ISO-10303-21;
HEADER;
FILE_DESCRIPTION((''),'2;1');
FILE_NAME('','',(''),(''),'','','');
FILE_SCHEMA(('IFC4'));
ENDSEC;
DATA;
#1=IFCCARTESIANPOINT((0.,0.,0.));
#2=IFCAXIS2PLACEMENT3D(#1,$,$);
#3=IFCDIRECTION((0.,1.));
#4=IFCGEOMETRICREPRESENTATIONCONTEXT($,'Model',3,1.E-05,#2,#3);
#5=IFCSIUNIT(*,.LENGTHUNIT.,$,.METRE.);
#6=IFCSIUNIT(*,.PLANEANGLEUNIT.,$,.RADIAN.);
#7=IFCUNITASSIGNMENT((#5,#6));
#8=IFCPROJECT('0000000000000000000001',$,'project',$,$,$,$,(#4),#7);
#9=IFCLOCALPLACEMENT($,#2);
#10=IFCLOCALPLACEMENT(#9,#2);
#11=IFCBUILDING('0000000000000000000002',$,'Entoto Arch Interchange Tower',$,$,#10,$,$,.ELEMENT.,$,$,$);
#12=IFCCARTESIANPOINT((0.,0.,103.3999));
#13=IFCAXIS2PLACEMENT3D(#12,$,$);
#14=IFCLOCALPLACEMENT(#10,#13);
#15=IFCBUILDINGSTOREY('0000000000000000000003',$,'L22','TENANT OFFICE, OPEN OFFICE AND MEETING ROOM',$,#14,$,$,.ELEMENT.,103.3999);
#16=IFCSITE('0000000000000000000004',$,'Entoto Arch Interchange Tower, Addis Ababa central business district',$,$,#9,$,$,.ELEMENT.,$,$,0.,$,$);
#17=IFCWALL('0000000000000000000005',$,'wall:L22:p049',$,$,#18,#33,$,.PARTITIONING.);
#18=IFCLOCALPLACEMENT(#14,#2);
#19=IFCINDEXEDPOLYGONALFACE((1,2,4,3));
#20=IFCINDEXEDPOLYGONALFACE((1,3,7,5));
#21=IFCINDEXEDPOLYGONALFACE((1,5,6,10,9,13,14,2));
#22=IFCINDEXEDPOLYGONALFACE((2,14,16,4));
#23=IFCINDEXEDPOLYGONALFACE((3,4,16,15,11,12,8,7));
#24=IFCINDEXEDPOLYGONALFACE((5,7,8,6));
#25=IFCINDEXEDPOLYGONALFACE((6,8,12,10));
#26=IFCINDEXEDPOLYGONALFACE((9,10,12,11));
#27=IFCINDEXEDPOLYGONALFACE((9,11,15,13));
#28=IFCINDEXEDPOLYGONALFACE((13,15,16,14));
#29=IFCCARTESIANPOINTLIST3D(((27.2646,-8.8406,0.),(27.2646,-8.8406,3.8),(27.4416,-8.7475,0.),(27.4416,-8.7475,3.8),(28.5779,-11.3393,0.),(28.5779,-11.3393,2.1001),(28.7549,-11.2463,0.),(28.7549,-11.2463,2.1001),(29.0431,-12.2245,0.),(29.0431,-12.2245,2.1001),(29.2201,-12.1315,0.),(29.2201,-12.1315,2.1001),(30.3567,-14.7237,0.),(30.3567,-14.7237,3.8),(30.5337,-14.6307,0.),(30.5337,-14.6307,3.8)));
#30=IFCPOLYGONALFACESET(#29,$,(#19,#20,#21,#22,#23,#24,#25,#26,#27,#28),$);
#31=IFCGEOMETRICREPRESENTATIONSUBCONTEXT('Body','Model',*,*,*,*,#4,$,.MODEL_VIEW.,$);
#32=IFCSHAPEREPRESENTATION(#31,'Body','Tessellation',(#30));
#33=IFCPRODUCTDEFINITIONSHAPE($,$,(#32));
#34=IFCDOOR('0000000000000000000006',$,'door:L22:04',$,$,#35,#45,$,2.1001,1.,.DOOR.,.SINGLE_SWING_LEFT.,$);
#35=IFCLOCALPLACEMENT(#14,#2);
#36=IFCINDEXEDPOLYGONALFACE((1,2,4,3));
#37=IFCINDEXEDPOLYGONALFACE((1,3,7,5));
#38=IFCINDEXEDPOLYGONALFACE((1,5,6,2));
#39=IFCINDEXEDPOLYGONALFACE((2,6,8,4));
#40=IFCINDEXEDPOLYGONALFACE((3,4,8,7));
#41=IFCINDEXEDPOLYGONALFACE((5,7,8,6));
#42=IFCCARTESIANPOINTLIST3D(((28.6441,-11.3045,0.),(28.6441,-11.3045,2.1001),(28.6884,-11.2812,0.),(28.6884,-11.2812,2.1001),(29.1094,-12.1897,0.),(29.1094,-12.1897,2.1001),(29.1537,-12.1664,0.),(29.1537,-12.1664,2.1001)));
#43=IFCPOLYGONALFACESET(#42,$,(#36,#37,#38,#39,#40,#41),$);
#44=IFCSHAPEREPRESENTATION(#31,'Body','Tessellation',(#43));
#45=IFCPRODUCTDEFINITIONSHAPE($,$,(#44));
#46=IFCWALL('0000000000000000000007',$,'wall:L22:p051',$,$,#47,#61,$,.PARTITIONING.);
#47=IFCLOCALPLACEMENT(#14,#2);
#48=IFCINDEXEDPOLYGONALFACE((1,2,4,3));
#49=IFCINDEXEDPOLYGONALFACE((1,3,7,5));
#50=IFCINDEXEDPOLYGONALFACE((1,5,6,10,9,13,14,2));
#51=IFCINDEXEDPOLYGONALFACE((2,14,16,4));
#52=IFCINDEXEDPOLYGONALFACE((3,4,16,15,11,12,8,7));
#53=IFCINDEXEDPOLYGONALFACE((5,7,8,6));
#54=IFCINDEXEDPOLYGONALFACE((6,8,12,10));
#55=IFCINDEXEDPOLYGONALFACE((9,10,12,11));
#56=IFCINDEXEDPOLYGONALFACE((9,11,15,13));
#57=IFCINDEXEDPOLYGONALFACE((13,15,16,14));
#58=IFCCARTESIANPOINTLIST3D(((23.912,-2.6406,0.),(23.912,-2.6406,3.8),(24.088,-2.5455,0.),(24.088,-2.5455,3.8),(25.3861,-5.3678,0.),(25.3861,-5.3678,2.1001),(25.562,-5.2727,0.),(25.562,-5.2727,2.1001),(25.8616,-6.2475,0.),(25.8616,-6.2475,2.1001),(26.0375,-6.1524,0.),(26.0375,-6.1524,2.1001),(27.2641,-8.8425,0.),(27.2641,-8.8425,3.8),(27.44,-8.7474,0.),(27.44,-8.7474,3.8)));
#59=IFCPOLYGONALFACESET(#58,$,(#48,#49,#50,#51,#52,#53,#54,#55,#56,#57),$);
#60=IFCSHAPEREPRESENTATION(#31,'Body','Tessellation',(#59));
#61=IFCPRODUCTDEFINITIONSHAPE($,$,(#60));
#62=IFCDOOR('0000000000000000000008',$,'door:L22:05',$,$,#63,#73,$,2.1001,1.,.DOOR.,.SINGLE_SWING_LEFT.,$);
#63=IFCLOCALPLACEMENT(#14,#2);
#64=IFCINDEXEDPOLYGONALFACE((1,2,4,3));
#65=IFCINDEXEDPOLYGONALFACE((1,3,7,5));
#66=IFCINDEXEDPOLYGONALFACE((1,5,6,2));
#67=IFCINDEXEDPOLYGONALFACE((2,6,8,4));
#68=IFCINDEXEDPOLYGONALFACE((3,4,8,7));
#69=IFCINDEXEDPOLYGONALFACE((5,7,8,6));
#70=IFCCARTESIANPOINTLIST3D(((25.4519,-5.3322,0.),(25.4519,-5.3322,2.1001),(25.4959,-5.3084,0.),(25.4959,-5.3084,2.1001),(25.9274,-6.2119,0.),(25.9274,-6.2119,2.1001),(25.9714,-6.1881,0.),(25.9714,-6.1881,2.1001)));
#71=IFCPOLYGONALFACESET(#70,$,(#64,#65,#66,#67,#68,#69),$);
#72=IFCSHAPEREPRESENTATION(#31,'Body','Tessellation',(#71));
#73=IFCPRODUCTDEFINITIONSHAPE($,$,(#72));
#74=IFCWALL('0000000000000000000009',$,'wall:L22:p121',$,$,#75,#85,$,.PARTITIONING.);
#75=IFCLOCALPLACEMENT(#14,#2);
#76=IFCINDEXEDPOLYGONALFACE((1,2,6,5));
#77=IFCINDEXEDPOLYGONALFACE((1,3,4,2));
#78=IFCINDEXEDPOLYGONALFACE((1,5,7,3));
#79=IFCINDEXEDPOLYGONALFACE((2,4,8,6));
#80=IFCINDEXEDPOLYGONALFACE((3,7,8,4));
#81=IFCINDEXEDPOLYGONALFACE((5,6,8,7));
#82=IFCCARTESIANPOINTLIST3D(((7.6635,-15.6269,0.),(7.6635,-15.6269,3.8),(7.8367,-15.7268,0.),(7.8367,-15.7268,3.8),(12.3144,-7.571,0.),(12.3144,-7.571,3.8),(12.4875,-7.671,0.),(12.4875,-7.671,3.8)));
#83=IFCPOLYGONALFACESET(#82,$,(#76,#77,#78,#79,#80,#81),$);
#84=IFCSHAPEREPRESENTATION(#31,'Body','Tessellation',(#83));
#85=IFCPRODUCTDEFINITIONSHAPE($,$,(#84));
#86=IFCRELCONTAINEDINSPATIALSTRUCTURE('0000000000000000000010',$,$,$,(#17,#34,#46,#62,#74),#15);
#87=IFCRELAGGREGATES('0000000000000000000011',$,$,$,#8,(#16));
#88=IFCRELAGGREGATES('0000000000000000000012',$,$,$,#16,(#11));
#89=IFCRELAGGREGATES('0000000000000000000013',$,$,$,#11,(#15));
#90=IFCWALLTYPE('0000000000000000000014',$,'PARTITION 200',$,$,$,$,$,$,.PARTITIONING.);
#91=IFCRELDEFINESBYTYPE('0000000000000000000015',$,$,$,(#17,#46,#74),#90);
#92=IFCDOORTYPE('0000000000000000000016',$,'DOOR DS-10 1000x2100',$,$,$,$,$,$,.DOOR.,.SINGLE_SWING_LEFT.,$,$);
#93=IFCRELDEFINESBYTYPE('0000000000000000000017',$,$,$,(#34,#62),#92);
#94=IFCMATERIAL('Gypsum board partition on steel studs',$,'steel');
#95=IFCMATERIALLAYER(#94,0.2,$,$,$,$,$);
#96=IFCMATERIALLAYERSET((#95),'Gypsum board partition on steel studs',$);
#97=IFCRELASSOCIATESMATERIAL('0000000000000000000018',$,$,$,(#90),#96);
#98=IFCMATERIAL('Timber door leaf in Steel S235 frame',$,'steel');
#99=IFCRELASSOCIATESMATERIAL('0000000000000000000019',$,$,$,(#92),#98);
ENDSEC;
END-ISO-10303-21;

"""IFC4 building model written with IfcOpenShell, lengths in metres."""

from ifc_helpers import new_model, si_unit, direction, frame, frame_2d, origin, place, context, subcontext, project, spatial, rectangle, extrude, material, layer, layer_set, type_object, element, fill, save


model = new_model("IFC4")

# Units and contexts
model_context = context("Model", 3, precision=1e-05, world=origin(), true_north=direction((0.0, 1.0)))
body_context = subcontext(model_context, "Body", "Model", "MODEL_VIEW")
ifc_project = project(units=[si_unit("LENGTHUNIT", "METRE"), si_unit("PLANEANGLEUNIT", "RADIAN")], contexts=[model_context])

# Site, building, storey
site_placement = place(None, origin())
site = spatial("IfcSite", under=ifc_project, at=site_placement, Name="Entoto Arch Interchange Tower, Addis Ababa central business district", CompositionType="ELEMENT", RefElevation=0.0)
building_placement = place(site_placement, origin())
building = spatial("IfcBuilding", under=site, at=building_placement, Name="Entoto Arch Interchange Tower", CompositionType="ELEMENT")
storey_placement = place(building_placement, frame((0.0, 0.0, 103.3999)))
storey = spatial("IfcBuildingStorey", under=building, at=storey_placement, Name="L22", Description="TENANT OFFICE, OPEN OFFICE AND MEETING ROOM", CompositionType="ELEMENT", Elevation=103.3999)

# Shared definitions
ifc_material_1 = material(Name="Gypsum board partition on steel studs", Category="steel")
ifc_layer_1 = layer(ifc_material_1, 0.2)
ifc_layer_set_1 = layer_set([ifc_layer_1], Name="Gypsum board partition on steel studs")
wall_type_1 = type_object("IfcWallType", Name="PARTITION 200", PredefinedType="PARTITIONING", material=ifc_layer_set_1)

# Shared definitions
ifc_material_2 = material(Name="Timber door leaf in Steel S235 frame", Category="steel")
door_type = type_object("IfcDoorType", Name="DOOR DS-10 1000x2100", OperationType="SINGLE_SWING_LEFT", PredefinedType="DOOR", material=ifc_material_2)

# Walls, openings, doors
wall_1_placement = place(storey_placement, frame((27.353, -8.7939, 0.0), z_axis=(0.0, 0.0, 1.0), x_axis=(0.465239, -0.885185, 0.0)))
wall_1 = element("IfcWall", 1, at=wall_1_placement, inside=storey, type_object=wall_type_1, Name="wall:L22:p049", PredefinedType="PARTITIONING", context=body_context, shape_type="SweptSolid", body=[
    extrude(rectangle(XDim=6.6462, YDim=0.2, at=frame_2d((3.3232, 0.0))), origin(), (0.0, 0.0, 1.0), 3.8),
])
opening_1_placement = place(wall_1_placement, frame((2.823, 0.0, 0.0)))
opening_1 = element("IfcOpeningElement", 2, at=opening_1_placement, cuts=wall_1, PredefinedType="OPENING", context=body_context, shape_type="SweptSolid", body=[
    extrude(rectangle(XDim=1.0, YDim=2.1001, at=frame_2d((0.5, 1.05))), frame((0.0, 0.1099, 0.0), z_axis=(0.0, -1.0, 0.0), x_axis=(1.0, 0.0, 0.0)), (0.0, 0.0, 1.0), 0.22),
])
door_1_placement = place(opening_1_placement, origin())
door_1 = element("IfcDoor", 3, at=door_1_placement, inside=storey, type_object=door_type, Name="door:L22:04", OperationType="SINGLE_SWING_LEFT", OverallHeight=2.1001, OverallWidth=1.0, PredefinedType="DOOR", context=body_context, shape_type="SweptSolid", body=[
    extrude(rectangle(XDim=1.0, YDim=2.1001, at=frame_2d((0.5, 1.05))), frame((0.0, 0.0249, 0.0), z_axis=(0.0, -1.0, 0.0), x_axis=(1.0, 0.0, 0.0)), (0.0, 0.0, 1.0), 0.05),
])
fill(opening_1, door_1)
wall_2_placement = place(storey_placement, frame((24.0, -2.593, 0.0), z_axis=(0.0, 0.0, 1.0), x_axis=(0.475481, -0.879726, 0.0)))
wall_2 = element("IfcWall", 4, at=wall_2_placement, inside=storey, type_object=wall_type_1, Name="wall:L22:p051", PredefinedType="PARTITIONING", context=body_context, shape_type="SweptSolid", body=[
    extrude(rectangle(XDim=7.0498, YDim=0.2, at=frame_2d((3.5249, 0.0))), origin(), (0.0, 0.0, 1.0), 3.8),
])
opening_2_placement = place(wall_2_placement, frame((3.1001, 0.0, 0.0)))
opening_2 = element("IfcOpeningElement", 5, at=opening_2_placement, cuts=wall_2, PredefinedType="OPENING", context=body_context, shape_type="SweptSolid", body=[
    extrude(rectangle(XDim=1.0, YDim=2.1001, at=frame_2d((0.5, 1.05))), frame((0.0, 0.1099, 0.0), z_axis=(0.0, -1.0, 0.0), x_axis=(1.0, 0.0, 0.0)), (0.0, 0.0, 1.0), 0.22),
])
door_2_placement = place(opening_2_placement, origin())
door_2 = element("IfcDoor", 6, at=door_2_placement, inside=storey, type_object=door_type, Name="door:L22:05", OperationType="SINGLE_SWING_LEFT", OverallHeight=2.1001, OverallWidth=1.0, PredefinedType="DOOR", context=body_context, shape_type="SweptSolid", body=[
    extrude(rectangle(XDim=1.0, YDim=2.1001, at=frame_2d((0.5, 1.05))), frame((0.0, 0.0249, 0.0), z_axis=(0.0, -1.0, 0.0), x_axis=(1.0, 0.0, 0.0)), (0.0, 0.0, 1.0), 0.05),
])
fill(opening_2, door_2)

# Wall
wall_3_placement = place(storey_placement, frame((12.4009, -7.6211, 0.0), z_axis=(0.0, 0.0, 1.0), x_axis=(-0.499984, -0.866035, 0.0)))
element("IfcWall", 7, at=wall_3_placement, inside=storey, type_object=wall_type_1, Name="wall:L22:p121", PredefinedType="PARTITIONING", context=body_context, shape_type="SweptSolid", body=[
    extrude(rectangle(XDim=9.302, YDim=0.2, at=frame_2d((4.6509, 0.0))), origin(), (0.0, 0.0, 1.0), 3.8),
])

save(model, "model.ifc")
